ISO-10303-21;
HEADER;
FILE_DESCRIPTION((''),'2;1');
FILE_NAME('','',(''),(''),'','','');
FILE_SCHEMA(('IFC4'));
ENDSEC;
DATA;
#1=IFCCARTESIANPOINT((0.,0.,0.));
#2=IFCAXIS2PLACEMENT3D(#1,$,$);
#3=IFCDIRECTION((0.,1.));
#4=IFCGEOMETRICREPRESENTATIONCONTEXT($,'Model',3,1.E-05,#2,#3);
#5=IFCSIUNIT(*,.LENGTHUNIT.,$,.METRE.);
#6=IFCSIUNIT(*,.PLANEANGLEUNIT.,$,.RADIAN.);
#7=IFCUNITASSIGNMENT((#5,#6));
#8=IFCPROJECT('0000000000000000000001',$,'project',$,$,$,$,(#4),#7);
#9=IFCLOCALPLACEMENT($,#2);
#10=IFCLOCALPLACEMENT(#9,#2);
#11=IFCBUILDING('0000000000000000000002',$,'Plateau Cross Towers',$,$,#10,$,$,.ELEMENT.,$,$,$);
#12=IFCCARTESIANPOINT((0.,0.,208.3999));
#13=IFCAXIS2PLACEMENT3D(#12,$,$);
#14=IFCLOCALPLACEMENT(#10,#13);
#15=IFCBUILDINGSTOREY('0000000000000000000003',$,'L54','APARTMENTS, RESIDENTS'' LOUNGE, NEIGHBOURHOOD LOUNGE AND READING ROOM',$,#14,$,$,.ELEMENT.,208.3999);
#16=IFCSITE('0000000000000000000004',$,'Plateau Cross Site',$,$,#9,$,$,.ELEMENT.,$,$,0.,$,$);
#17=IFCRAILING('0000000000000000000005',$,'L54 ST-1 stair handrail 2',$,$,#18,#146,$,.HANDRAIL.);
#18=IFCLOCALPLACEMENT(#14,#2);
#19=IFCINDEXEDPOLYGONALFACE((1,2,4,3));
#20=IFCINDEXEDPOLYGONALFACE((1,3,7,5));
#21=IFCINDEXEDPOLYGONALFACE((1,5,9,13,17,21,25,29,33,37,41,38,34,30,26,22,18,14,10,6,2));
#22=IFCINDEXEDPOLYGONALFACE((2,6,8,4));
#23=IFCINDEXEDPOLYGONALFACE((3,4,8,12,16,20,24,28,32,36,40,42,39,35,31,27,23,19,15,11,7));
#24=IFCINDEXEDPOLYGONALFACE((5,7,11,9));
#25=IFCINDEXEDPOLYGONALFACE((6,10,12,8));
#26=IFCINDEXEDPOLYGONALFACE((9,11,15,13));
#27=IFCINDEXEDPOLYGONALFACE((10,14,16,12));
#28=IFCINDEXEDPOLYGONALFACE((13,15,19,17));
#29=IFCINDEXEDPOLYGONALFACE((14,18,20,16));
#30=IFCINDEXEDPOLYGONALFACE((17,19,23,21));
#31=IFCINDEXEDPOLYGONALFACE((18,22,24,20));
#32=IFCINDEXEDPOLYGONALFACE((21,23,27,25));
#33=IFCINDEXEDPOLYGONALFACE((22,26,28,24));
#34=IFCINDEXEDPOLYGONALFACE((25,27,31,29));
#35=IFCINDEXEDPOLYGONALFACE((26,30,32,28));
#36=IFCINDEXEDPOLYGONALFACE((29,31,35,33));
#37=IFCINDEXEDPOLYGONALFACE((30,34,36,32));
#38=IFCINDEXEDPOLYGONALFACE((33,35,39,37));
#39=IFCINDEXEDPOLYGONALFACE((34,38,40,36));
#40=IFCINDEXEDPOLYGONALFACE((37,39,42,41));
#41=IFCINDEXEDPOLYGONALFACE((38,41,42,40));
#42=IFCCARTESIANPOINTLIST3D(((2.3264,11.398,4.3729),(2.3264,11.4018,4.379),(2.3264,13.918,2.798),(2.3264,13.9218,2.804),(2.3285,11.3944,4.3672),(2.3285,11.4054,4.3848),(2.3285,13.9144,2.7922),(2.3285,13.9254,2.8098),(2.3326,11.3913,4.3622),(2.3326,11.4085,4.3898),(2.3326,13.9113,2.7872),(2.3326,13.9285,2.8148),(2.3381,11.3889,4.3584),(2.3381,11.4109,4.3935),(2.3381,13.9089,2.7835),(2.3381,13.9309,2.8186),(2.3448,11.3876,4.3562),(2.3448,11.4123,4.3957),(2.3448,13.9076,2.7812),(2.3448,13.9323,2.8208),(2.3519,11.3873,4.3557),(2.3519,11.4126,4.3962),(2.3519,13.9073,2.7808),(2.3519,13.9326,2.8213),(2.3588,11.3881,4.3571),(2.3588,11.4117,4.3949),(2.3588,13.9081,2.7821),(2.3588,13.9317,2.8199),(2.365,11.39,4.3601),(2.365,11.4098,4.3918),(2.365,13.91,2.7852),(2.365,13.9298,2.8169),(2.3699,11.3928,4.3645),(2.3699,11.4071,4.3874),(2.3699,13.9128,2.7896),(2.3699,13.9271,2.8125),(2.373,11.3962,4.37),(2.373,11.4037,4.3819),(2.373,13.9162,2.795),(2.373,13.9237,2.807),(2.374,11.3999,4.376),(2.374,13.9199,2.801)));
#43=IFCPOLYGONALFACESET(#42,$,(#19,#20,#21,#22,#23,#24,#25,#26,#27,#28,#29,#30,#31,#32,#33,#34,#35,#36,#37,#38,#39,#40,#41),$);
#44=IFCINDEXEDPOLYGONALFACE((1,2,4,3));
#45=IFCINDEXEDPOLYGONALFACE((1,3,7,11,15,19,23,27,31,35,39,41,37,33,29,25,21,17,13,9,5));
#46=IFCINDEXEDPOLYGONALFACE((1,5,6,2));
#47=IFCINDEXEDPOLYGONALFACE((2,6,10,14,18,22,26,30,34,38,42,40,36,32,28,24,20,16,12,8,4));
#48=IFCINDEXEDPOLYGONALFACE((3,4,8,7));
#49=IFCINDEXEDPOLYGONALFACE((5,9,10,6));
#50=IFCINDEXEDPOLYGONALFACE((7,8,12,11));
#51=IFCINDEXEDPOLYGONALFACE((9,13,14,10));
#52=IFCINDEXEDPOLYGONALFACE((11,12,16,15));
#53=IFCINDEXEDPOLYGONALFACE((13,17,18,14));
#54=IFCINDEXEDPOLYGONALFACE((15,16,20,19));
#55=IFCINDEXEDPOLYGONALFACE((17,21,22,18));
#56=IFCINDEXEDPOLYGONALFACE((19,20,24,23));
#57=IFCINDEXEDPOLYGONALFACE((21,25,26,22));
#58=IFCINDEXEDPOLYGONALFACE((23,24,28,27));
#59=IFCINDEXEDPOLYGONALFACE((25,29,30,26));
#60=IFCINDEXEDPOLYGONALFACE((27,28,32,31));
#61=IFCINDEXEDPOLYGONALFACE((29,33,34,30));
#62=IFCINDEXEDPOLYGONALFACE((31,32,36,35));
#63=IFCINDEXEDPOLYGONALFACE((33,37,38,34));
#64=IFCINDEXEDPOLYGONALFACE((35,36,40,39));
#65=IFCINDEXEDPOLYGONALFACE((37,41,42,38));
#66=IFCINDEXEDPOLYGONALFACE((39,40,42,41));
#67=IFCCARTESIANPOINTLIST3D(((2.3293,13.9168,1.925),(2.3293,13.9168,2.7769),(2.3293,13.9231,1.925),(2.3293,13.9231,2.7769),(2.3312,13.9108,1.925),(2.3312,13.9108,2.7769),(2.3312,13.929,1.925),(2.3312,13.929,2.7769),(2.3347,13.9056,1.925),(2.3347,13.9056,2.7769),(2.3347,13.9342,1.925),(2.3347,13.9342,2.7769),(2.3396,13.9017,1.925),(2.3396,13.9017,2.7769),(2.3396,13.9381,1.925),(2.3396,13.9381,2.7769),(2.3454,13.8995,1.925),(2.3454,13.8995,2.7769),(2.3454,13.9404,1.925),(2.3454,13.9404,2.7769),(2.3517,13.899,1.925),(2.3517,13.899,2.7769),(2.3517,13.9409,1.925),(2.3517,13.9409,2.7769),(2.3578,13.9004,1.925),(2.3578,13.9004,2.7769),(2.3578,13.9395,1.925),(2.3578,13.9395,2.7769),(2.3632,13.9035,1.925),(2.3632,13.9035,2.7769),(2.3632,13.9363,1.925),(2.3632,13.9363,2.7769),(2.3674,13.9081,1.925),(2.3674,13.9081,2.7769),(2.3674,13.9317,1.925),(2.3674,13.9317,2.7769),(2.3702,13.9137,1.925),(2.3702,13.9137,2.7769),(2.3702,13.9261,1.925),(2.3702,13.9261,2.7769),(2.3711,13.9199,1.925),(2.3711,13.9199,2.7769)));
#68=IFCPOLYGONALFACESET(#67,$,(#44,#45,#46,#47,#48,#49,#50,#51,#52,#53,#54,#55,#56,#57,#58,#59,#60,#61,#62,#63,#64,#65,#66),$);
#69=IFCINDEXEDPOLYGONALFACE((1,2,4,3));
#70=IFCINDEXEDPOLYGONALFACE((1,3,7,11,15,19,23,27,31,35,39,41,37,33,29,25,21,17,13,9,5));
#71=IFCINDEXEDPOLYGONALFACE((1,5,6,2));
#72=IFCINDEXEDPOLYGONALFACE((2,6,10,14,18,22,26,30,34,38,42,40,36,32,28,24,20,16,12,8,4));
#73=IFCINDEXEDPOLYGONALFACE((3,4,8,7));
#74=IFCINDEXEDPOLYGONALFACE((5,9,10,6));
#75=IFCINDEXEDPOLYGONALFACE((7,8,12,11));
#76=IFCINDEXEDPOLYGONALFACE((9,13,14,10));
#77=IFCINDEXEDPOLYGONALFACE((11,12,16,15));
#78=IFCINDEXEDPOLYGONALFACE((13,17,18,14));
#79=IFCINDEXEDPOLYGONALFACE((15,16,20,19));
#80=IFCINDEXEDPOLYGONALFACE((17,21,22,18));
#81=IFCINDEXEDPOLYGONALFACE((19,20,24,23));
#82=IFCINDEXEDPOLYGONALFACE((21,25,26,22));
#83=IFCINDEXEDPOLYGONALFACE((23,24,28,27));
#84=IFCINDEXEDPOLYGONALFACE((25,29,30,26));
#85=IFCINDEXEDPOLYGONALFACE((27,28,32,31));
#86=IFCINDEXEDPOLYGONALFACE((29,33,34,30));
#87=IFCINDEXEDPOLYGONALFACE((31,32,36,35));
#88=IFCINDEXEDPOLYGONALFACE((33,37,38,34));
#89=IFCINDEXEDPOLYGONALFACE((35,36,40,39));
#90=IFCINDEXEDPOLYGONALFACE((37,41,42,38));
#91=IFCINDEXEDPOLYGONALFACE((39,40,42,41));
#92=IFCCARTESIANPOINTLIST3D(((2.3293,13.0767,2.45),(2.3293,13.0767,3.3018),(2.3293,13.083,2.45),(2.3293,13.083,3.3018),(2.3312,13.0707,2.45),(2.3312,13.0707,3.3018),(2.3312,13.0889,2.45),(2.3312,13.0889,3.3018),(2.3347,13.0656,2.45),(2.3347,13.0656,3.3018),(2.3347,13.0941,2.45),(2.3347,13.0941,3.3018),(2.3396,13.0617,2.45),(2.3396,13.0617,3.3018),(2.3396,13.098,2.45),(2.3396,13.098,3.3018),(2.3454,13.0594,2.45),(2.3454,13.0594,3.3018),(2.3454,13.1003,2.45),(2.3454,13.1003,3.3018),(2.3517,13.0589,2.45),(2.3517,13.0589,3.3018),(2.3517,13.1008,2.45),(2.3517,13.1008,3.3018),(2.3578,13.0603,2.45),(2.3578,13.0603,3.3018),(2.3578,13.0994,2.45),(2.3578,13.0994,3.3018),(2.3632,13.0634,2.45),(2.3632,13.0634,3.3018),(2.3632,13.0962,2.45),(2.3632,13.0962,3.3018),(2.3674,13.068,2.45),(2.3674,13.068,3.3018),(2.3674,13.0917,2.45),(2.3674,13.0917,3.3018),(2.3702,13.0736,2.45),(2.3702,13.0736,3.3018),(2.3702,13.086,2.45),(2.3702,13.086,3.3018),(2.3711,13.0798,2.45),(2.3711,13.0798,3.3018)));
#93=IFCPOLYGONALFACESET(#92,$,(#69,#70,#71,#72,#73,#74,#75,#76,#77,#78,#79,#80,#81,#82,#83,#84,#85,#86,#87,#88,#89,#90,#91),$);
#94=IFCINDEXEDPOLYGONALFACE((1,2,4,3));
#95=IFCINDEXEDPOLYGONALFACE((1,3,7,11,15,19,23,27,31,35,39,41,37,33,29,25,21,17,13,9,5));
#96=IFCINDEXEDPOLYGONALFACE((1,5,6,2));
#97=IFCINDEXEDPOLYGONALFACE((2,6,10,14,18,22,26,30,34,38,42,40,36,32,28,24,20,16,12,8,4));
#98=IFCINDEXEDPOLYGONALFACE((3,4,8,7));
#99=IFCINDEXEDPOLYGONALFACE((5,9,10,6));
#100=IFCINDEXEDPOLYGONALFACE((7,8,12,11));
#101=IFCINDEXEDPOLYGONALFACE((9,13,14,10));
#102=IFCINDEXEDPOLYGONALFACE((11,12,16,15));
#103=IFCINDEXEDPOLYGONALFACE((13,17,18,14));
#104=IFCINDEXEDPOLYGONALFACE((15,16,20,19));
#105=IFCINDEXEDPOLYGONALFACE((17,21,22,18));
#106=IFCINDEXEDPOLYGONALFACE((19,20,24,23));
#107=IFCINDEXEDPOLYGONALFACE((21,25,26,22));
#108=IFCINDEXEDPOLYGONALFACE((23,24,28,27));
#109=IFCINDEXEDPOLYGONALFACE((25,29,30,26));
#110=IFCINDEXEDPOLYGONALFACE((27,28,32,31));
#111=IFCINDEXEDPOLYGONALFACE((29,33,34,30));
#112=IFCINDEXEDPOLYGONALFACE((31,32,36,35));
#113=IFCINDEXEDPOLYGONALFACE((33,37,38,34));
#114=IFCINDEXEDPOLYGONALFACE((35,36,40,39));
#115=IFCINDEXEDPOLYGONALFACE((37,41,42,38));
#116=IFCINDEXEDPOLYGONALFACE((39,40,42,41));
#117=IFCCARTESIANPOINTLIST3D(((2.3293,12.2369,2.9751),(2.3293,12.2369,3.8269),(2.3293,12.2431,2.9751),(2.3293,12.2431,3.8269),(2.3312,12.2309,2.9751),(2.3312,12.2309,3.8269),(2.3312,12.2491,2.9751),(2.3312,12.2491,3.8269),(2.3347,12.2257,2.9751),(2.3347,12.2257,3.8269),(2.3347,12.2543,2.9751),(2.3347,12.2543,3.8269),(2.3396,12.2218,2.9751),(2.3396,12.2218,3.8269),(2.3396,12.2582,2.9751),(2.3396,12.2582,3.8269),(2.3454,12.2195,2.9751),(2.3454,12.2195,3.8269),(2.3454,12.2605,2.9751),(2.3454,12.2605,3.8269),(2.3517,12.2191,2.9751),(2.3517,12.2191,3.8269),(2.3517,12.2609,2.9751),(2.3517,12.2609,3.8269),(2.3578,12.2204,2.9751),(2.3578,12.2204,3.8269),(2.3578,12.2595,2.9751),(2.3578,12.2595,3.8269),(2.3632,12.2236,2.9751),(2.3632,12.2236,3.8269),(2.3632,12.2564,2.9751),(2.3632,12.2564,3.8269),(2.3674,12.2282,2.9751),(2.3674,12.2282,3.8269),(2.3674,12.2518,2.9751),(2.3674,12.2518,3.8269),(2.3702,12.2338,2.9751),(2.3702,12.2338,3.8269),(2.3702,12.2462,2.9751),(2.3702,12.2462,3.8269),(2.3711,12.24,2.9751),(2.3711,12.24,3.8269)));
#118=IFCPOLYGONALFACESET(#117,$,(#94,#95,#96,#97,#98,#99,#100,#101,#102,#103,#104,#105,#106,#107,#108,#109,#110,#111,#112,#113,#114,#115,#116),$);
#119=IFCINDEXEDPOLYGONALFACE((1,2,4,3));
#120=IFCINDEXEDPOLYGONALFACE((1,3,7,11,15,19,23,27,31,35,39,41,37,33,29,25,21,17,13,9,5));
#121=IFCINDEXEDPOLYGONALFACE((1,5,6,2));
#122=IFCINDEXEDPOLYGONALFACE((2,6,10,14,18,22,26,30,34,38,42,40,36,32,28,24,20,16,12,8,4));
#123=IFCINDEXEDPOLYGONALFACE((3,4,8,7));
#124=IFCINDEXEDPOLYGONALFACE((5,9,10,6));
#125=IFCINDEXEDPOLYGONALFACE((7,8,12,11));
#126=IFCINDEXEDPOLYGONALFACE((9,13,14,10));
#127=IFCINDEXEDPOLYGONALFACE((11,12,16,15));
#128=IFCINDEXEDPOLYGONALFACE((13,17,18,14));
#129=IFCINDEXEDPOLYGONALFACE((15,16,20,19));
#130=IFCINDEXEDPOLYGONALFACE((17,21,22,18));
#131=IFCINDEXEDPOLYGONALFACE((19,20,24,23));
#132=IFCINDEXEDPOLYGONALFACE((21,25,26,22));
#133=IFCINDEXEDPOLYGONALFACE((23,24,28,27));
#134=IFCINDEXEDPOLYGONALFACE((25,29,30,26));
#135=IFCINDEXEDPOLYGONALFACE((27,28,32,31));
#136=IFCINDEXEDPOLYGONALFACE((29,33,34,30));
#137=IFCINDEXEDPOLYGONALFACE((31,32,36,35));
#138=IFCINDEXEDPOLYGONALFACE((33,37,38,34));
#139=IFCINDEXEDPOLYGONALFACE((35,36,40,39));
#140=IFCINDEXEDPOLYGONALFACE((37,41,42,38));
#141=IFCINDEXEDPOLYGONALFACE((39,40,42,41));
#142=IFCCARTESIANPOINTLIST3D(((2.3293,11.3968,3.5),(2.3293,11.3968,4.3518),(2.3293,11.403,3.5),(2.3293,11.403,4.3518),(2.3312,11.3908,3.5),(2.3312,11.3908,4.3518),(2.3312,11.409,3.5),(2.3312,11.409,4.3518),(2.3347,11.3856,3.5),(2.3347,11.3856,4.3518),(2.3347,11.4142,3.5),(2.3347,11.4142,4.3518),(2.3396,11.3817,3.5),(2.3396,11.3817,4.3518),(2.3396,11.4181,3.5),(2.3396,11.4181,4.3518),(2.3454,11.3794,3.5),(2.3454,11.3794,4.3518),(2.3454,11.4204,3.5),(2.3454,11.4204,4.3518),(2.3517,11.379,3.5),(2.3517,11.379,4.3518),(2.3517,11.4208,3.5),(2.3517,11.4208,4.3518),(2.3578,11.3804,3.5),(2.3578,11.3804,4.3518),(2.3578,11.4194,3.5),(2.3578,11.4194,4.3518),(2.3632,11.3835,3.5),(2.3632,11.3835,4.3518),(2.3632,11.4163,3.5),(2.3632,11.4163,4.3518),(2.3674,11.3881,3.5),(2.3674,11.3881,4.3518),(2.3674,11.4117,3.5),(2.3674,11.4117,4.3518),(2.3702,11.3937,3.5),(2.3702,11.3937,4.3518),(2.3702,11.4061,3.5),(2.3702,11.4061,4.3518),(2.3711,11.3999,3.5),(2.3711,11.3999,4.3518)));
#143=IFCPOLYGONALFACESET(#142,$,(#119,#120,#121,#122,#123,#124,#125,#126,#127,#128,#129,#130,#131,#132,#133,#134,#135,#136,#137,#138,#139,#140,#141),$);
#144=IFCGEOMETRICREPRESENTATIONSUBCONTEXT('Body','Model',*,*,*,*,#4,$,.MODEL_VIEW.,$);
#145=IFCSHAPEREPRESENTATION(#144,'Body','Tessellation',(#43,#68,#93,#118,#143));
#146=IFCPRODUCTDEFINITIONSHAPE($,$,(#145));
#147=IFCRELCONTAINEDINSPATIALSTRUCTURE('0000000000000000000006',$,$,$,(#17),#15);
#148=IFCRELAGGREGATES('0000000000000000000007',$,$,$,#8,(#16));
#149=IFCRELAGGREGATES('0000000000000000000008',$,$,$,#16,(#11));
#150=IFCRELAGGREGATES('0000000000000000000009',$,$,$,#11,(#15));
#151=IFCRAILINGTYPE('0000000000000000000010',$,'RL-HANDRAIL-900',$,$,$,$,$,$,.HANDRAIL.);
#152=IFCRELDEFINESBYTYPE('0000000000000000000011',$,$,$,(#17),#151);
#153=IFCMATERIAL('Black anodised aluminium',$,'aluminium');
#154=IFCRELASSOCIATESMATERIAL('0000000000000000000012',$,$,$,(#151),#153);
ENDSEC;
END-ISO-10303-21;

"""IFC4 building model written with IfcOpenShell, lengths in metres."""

from ifc_helpers import new_model, si_unit, direction, frame, origin, origin_2d, place, context, subcontext, project, spatial, circle, extrude, material, type_object, element, save


model = new_model("IFC4")

# Units and contexts
model_context = context("Model", 3, precision=1e-05, world=origin(), true_north=direction((0.0, 1.0)))
body_context = subcontext(model_context, "Body", "Model", "MODEL_VIEW")
ifc_project = project(units=[si_unit("LENGTHUNIT", "METRE"), si_unit("PLANEANGLEUNIT", "RADIAN")], contexts=[model_context])

# Site, building, storey
site_placement = place(None, origin())
site = spatial("IfcSite", under=ifc_project, at=site_placement, Name="Plateau Cross Site", CompositionType="ELEMENT", RefElevation=0.0)
building_placement = place(site_placement, origin())
building = spatial("IfcBuilding", under=site, at=building_placement, Name="Plateau Cross Towers", CompositionType="ELEMENT")
storey_placement = place(building_placement, frame((0.0, 0.0, 208.3999)))
storey = spatial("IfcBuildingStorey", under=building, at=storey_placement, Name="L54", Description="APARTMENTS, RESIDENTS' LOUNGE, NEIGHBOURHOOD LOUNGE AND READING ROOM", CompositionType="ELEMENT", Elevation=208.3999)

# Shared definitions
ifc_material_1 = material(Name="Black anodised aluminium", Category="aluminium")

# Railing
railing_type = type_object("IfcRailingType", Name="RL-HANDRAIL-900", PredefinedType="HANDRAIL", material=ifc_material_1)
railing_placement = place(storey_placement, frame((2.3501, 13.9199, 1.925)))
element("IfcRailing", 1, at=railing_placement, inside=storey, type_object=railing_type, Name="L54 ST-1 stair handrail 2", PredefinedType="HANDRAIL", context=body_context, shape_type="SweptSolid", body=[
    extrude(circle(Radius=0.0239, at=origin_2d()), frame((0.0, 0.0, 0.876), z_axis=(0.0, -0.848008, 0.529984), x_axis=(1.0, 0.0, 0.0)), (0.0, 0.0, 1.0), 2.9717),
    extrude(circle(Radius=0.021, at=origin_2d()), origin(), (0.0, 0.0, 1.0), 0.8518),
    extrude(circle(Radius=0.021, at=origin_2d()), frame((0.0, -0.8401, 0.5249)), (0.0, 0.0, 1.0), 0.8518),
    extrude(circle(Radius=0.021, at=origin_2d()), frame((0.0, -1.6799, 1.05)), (0.0, 0.0, 1.0), 0.8518),
    extrude(circle(Radius=0.021, at=origin_2d()), frame((0.0, -2.52, 1.575)), (0.0, 0.0, 1.0), 0.8518),
])

save(model, "model.ifc")
